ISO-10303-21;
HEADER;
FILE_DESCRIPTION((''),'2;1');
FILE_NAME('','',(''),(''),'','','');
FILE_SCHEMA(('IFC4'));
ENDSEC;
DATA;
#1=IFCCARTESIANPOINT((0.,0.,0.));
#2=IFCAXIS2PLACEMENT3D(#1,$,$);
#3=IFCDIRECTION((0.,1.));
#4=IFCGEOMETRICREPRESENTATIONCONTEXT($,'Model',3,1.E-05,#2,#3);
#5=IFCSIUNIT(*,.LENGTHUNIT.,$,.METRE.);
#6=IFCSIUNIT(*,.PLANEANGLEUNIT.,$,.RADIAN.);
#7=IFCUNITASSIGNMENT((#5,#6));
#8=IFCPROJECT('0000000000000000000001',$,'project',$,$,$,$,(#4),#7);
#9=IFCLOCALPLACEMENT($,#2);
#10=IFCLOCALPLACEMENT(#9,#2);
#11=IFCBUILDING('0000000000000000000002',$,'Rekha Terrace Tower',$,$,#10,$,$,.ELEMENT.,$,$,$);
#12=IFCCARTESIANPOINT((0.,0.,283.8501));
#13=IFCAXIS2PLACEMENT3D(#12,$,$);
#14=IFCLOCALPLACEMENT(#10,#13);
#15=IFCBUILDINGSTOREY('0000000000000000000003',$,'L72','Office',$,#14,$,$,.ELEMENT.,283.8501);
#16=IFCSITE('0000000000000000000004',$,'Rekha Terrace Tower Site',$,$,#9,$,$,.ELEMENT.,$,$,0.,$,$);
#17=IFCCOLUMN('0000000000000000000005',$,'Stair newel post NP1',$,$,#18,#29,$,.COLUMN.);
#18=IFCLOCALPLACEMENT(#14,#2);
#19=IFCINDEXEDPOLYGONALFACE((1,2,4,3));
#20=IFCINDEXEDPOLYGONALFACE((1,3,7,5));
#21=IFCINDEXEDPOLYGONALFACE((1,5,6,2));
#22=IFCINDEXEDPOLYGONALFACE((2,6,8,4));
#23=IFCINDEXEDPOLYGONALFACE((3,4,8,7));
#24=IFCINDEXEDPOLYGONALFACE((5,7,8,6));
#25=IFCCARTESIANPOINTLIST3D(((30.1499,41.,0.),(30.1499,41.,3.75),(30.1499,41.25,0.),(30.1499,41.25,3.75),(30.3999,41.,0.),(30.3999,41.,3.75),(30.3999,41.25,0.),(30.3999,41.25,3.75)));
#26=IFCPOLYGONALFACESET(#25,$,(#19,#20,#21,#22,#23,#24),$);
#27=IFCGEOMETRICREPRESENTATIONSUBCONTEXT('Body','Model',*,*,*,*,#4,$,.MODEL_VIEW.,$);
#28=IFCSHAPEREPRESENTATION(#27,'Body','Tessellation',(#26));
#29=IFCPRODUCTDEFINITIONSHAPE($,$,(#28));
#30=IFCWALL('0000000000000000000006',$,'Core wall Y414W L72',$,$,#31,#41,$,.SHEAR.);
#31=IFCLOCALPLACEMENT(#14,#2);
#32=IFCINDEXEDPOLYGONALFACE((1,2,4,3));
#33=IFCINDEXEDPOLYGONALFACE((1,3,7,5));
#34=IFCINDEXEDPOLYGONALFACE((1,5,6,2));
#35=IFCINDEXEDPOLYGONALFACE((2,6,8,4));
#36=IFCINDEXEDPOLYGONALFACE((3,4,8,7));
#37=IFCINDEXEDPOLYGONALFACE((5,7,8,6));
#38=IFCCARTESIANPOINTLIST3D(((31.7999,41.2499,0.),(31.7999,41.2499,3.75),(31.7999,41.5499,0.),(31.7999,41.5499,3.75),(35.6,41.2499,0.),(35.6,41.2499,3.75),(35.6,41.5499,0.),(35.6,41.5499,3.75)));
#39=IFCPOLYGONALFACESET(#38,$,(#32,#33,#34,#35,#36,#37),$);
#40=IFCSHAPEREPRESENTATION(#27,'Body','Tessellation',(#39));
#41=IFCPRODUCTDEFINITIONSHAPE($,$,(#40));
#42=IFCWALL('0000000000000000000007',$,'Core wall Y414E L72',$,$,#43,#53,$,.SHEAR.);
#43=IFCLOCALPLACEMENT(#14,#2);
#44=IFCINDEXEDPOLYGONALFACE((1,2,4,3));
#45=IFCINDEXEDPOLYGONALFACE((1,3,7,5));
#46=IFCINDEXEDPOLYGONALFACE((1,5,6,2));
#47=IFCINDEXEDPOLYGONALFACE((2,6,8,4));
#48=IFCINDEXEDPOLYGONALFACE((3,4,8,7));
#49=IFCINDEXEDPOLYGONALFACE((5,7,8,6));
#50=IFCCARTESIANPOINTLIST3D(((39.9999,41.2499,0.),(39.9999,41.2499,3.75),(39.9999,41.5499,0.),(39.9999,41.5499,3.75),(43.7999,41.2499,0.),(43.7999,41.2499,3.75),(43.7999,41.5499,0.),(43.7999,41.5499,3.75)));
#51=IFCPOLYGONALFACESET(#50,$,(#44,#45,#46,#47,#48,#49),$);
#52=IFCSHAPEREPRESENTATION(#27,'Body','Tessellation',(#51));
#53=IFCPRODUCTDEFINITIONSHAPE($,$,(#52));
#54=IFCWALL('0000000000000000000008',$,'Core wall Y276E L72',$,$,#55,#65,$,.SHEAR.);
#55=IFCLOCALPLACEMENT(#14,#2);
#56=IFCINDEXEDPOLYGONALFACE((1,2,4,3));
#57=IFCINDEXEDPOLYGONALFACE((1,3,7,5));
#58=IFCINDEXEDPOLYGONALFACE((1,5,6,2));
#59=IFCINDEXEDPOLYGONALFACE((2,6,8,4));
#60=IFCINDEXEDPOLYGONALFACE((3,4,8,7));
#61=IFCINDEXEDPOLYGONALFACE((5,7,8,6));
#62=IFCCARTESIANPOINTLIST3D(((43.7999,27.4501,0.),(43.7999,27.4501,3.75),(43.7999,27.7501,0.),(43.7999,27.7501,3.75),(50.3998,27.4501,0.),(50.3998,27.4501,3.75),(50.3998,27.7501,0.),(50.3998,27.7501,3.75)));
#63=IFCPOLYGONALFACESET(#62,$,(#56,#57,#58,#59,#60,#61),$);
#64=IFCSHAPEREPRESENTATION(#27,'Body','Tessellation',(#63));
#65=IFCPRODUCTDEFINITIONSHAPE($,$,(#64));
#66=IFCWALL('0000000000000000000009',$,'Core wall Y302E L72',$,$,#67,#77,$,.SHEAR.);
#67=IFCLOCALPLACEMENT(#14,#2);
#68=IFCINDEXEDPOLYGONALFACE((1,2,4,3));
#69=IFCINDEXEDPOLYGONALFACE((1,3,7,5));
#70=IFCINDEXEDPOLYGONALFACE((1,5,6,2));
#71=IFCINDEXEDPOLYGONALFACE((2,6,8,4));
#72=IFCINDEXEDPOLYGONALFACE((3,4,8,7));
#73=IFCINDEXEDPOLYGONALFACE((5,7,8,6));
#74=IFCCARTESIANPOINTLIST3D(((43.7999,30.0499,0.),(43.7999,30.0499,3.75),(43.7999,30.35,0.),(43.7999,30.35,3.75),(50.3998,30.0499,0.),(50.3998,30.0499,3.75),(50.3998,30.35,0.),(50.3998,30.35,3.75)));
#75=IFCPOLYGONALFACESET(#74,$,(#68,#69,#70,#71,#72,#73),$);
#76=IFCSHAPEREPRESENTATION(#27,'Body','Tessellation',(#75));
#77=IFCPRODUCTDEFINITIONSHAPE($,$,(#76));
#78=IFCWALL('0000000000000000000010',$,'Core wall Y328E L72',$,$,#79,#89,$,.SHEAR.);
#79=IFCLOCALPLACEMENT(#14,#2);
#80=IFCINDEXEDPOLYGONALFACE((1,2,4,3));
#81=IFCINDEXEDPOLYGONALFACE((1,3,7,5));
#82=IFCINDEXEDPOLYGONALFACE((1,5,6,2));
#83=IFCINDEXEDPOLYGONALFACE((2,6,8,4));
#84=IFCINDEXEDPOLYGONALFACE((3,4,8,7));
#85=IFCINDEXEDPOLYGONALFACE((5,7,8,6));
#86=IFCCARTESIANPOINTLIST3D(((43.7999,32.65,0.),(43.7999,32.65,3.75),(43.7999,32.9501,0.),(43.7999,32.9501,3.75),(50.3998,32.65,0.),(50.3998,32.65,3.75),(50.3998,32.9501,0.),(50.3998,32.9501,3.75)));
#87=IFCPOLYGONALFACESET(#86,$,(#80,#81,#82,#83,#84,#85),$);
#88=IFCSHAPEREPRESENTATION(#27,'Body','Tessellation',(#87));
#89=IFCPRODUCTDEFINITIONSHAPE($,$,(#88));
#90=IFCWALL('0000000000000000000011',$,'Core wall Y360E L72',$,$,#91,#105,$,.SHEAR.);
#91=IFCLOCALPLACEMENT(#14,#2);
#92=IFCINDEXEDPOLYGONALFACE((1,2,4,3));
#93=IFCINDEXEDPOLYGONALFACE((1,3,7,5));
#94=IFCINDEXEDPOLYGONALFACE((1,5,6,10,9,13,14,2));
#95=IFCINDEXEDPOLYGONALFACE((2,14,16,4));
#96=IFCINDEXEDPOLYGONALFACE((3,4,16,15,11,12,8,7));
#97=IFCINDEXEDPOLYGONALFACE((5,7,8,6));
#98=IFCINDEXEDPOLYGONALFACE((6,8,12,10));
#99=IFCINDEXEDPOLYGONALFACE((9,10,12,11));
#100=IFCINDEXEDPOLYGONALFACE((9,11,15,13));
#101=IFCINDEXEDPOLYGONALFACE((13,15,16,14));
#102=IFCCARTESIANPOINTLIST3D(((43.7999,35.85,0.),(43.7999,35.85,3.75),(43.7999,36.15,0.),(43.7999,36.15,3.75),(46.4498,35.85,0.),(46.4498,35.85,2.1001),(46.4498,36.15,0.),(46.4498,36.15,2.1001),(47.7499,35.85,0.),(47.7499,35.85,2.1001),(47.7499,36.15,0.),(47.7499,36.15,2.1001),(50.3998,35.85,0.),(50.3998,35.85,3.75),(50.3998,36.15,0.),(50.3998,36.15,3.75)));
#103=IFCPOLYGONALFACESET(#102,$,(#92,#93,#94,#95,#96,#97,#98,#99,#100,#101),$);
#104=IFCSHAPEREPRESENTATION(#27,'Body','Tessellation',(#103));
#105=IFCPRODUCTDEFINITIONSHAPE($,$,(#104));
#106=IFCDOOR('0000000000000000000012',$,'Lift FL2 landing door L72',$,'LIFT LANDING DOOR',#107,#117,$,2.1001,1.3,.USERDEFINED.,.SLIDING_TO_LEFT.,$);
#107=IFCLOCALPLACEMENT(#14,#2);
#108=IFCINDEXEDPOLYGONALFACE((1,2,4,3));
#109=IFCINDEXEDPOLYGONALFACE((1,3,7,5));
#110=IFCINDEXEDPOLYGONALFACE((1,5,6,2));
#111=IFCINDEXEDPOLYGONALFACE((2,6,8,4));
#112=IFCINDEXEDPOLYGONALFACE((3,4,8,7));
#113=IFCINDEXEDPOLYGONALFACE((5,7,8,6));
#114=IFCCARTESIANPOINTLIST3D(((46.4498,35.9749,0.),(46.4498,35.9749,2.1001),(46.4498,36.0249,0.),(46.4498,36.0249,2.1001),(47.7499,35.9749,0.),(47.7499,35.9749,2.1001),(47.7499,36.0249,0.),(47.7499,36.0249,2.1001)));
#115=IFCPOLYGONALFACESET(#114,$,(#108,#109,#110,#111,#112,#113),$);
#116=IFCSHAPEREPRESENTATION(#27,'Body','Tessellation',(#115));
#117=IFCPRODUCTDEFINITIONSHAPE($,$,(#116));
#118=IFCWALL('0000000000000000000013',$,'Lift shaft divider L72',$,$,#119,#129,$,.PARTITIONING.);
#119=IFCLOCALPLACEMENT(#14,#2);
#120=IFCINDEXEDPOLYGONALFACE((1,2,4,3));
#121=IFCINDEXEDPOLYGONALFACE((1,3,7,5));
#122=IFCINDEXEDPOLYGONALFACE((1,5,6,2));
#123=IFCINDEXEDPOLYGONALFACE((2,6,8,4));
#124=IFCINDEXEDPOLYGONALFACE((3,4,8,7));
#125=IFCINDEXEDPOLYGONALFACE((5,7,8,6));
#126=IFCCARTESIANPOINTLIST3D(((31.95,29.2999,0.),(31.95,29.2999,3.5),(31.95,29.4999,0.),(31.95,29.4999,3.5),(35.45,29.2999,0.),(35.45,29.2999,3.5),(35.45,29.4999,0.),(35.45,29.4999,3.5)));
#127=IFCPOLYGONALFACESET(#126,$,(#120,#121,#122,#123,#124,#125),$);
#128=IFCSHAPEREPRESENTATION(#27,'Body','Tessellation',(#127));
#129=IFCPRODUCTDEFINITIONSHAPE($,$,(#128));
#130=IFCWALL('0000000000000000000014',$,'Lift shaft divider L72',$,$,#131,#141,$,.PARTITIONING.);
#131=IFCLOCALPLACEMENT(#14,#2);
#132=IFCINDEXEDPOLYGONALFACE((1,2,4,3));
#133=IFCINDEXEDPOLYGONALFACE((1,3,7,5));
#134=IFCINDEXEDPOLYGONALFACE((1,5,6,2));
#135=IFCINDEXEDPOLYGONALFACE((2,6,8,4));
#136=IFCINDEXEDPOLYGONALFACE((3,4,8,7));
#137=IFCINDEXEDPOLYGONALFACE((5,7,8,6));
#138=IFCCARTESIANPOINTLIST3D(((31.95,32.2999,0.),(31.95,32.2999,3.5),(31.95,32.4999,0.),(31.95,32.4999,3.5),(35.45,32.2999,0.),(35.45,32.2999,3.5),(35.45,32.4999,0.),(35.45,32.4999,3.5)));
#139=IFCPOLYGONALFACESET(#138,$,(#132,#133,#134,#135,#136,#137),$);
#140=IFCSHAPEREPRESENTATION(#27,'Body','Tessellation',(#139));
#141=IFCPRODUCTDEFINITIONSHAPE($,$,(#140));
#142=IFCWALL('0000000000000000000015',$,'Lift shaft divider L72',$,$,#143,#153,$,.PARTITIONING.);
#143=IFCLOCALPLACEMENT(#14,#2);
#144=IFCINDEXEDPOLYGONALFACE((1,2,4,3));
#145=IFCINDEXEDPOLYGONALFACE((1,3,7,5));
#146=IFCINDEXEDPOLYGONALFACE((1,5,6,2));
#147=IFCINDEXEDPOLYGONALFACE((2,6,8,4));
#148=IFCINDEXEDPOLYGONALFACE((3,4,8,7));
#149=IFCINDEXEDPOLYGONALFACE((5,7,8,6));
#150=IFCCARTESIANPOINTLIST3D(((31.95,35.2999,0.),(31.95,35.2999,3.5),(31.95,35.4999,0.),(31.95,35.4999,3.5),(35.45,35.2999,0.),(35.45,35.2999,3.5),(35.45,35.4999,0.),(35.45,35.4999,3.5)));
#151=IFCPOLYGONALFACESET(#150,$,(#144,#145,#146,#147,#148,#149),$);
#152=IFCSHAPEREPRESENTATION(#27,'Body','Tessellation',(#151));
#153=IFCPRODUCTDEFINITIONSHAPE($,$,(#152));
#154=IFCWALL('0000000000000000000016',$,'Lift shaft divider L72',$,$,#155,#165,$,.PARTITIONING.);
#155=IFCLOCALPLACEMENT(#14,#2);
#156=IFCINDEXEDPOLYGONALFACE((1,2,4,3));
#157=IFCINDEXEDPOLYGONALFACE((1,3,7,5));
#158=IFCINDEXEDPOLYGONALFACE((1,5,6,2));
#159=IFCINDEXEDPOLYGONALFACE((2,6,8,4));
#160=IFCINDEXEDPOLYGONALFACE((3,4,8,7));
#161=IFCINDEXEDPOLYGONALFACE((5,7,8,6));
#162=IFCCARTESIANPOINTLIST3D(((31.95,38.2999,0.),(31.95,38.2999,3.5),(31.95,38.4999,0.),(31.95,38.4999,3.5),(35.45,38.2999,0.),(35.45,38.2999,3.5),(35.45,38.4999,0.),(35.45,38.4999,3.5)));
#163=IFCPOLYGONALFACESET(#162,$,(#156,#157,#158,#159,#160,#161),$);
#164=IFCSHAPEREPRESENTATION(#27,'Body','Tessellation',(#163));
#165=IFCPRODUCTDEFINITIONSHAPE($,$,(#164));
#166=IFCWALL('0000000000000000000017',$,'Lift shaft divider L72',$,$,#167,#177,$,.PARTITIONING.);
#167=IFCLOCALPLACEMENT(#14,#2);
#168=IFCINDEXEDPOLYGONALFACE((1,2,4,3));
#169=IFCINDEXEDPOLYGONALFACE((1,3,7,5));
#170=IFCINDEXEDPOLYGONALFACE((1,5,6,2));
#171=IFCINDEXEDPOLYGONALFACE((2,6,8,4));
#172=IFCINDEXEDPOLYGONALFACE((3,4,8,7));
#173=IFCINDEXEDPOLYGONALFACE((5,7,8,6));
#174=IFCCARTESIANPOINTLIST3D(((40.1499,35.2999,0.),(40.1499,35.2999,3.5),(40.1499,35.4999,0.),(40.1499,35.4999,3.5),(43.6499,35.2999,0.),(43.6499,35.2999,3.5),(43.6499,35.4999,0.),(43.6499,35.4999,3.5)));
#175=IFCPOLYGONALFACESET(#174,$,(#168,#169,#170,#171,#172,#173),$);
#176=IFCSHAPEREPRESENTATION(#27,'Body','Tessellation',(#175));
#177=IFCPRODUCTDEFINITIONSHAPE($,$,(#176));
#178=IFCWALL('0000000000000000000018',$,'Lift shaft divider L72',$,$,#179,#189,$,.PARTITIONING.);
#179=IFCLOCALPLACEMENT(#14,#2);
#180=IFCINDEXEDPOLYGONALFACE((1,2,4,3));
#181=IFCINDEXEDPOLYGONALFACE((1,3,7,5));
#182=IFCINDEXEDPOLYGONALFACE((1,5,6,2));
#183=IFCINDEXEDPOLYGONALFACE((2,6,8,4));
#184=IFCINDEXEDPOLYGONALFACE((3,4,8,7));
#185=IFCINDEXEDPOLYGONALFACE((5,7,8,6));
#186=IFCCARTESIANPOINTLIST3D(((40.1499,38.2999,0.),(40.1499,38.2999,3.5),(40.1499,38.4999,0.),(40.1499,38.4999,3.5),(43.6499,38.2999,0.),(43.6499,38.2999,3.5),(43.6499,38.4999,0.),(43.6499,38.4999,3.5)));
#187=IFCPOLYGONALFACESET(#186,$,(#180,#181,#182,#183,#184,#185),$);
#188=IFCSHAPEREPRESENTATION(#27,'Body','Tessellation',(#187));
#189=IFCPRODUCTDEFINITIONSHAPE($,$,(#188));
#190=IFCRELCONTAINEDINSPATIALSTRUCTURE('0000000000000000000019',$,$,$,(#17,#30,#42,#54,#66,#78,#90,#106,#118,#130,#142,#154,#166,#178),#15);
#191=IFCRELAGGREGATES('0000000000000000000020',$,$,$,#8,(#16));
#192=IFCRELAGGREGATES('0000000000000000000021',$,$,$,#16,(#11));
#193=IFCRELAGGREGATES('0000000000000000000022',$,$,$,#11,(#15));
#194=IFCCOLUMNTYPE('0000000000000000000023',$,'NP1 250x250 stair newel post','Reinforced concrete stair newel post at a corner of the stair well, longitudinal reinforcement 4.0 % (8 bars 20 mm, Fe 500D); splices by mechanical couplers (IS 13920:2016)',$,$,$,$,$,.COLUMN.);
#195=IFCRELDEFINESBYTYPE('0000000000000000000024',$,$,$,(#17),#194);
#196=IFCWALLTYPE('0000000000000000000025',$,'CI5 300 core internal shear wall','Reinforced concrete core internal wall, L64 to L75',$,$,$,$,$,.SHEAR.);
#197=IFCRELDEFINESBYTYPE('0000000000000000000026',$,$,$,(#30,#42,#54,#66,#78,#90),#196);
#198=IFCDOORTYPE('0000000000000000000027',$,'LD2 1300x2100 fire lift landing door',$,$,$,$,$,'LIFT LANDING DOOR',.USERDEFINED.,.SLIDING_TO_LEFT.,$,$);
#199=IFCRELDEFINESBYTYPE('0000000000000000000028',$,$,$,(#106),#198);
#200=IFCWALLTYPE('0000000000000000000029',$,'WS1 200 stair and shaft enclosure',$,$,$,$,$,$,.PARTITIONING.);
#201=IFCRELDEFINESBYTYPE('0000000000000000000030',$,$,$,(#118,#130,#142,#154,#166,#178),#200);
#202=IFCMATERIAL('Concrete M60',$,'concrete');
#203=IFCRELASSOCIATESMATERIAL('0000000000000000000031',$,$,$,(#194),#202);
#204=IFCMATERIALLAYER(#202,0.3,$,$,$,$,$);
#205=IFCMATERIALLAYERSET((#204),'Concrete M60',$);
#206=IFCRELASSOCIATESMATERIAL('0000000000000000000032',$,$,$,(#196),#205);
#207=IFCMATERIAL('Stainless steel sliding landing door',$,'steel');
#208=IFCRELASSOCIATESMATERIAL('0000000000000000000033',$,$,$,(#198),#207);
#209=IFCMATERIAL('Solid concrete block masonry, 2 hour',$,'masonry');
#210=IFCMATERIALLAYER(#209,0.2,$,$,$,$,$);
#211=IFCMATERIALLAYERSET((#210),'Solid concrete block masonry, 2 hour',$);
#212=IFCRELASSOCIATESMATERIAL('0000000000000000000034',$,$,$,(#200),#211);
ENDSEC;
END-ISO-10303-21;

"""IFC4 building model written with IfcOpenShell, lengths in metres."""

from ifc_helpers import new_model, si_unit, direction, frame, frame_2d, origin, origin_2d, place, context, subcontext, project, spatial, rectangle, extrude, material, layer, layer_set, material_profile, profile_set, type_object, element, fill, save


model = new_model("IFC4")

# Units and contexts
model_context = context("Model", 3, precision=1e-05, world=origin(), true_north=direction((0.0, 1.0)))
body_context = subcontext(model_context, "Body", "Model", "MODEL_VIEW")
ifc_project = project(units=[si_unit("LENGTHUNIT", "METRE"), si_unit("PLANEANGLEUNIT", "RADIAN")], contexts=[model_context])

# Site, building, storey
site_placement = place(None, origin())
site = spatial("IfcSite", under=ifc_project, at=site_placement, Name="Rekha Terrace Tower Site", CompositionType="ELEMENT", RefElevation=0.0)
building_placement = place(site_placement, origin())
building = spatial("IfcBuilding", under=site, at=building_placement, Name="Rekha Terrace Tower", CompositionType="ELEMENT")
storey_placement = place(building_placement, frame((0.0, 0.0, 283.8501)))
storey = spatial("IfcBuildingStorey", under=building, at=storey_placement, Name="L72", Description="Office", CompositionType="ELEMENT", Elevation=283.8501)

# Column
ifc_material_1 = material(Name="Concrete M60", Category="concrete")
ifc_material_profile = material_profile(ifc_material_1, rectangle(XDim=0.25, YDim=0.25, at=origin_2d()), Name="RC 250x250")
ifc_profile_set = profile_set([ifc_material_profile], Name="Concrete M60")
column_type = type_object("IfcColumnType", Name="NP1 250x250 stair newel post", Description="Reinforced concrete stair newel post at a corner of the stair well, longitudinal reinforcement 4.0 % (8 bars 20 mm, Fe 500D); splices by mechanical couplers (IS 13920:2016)", PredefinedType="COLUMN", material=ifc_profile_set)
column_placement = place(storey_placement, frame((30.2749, 41.125, 0.0), z_axis=(0.0, 0.0, 1.0), x_axis=(1.0, 0.0, 0.0)))
element("IfcColumn", 1, at=column_placement, inside=storey, type_object=column_type, Name="Stair newel post NP1", PredefinedType="COLUMN", context=body_context, shape_type="SweptSolid", body=[
    extrude(rectangle(XDim=0.25, YDim=0.25, at=origin_2d()), origin(), (0.0, 0.0, 1.0), 3.75),
])

# Walls
ifc_layer_1 = layer(ifc_material_1, 0.3)
ifc_layer_set_1 = layer_set([ifc_layer_1], Name="Concrete M60")
wall_type_1 = type_object("IfcWallType", Name="CI5 300 core internal shear wall", Description="Reinforced concrete core internal wall, L64 to L75", PredefinedType="SHEAR", material=ifc_layer_set_1)
for number, where, z_axis, x_axis, name in (
    (2, (31.8, 41.3999, 0.0), (0.0, 0.0, 1.0), (1.0, 0.0, 0.0), "Core wall Y414W L72"),
    (3, (40.0, 41.3999, 0.0), (0.0, 0.0, 1.0), (1.0, 0.0, 0.0), "Core wall Y414E L72"),
):
    element("IfcWall", number, at=place(storey_placement, frame(where, z_axis=z_axis, x_axis=x_axis)), inside=storey, type_object=wall_type_1, Name=name, PredefinedType="SHEAR", context=body_context, shape_type="SweptSolid", body=[
        extrude(rectangle(XDim=3.8, YDim=0.3, at=frame_2d((1.8999, 0.0))), origin(), (0.0, 0.0, 1.0), 3.75),
    ])
for number, where, z_axis, x_axis, name in (
    (4, (43.8, 27.6001, 0.0), (0.0, 0.0, 1.0), (1.0, 0.0, 0.0), "Core wall Y276E L72"),
    (5, (43.8, 30.2, 0.0), (0.0, 0.0, 1.0), (1.0, 0.0, 0.0), "Core wall Y302E L72"),
    (6, (43.8, 32.8, 0.0), (0.0, 0.0, 1.0), (1.0, 0.0, 0.0), "Core wall Y328E L72"),
):
    element("IfcWall", number, at=place(storey_placement, frame(where, z_axis=z_axis, x_axis=x_axis)), inside=storey, type_object=wall_type_1, Name=name, PredefinedType="SHEAR", context=body_context, shape_type="SweptSolid", body=[
        extrude(rectangle(XDim=6.5999, YDim=0.3, at=frame_2d((3.2998, 0.0))), origin(), (0.0, 0.0, 1.0), 3.75),
    ])

# Wall, opening, door
wall_1_placement = place(storey_placement, frame((43.8, 36.0, 0.0), z_axis=(0.0, 0.0, 1.0), x_axis=(1.0, 0.0, 0.0)))
wall_1 = element("IfcWall", 7, at=wall_1_placement, inside=storey, type_object=wall_type_1, Name="Core wall Y360E L72", PredefinedType="SHEAR", context=body_context, shape_type="SweptSolid", body=[
    extrude(rectangle(XDim=6.5999, YDim=0.3, at=frame_2d((3.2998, 0.0))), origin(), (0.0, 0.0, 1.0), 3.75),
])
opening_1_placement = place(wall_1_placement, frame((2.6499, 0.0, 0.0)))
opening_1 = element("IfcOpeningElement", 8, at=opening_1_placement, cuts=wall_1, PredefinedType="OPENING", context=body_context, shape_type="SweptSolid", body=[
    extrude(rectangle(XDim=1.3, YDim=2.1001, at=frame_2d((0.6499, 1.05))), frame((0.0, 0.1599, 0.0), z_axis=(0.0, -1.0, 0.0), x_axis=(1.0, 0.0, 0.0)), (0.0, 0.0, 1.0), 0.3201),
])
ifc_material_2 = material(Name="Stainless steel sliding landing door", Category="steel")
door_type_1 = type_object("IfcDoorType", Name="LD2 1300x2100 fire lift landing door", ElementType="LIFT LANDING DOOR", OperationType="SLIDING_TO_LEFT", PredefinedType="USERDEFINED", material=ifc_material_2)
door_1_placement = place(opening_1_placement, origin())
door_1 = element("IfcDoor", 9, at=door_1_placement, inside=storey, type_object=door_type_1, Name="Lift FL2 landing door L72", ObjectType="LIFT LANDING DOOR", OperationType="SLIDING_TO_LEFT", OverallHeight=2.1001, OverallWidth=1.3, PredefinedType="USERDEFINED", context=body_context, shape_type="SweptSolid", body=[
    extrude(rectangle(XDim=1.3, YDim=2.1001, at=frame_2d((0.6499, 1.05))), frame((0.0, 0.0249, 0.0), z_axis=(0.0, -1.0, 0.0), x_axis=(1.0, 0.0, 0.0)), (0.0, 0.0, 1.0), 0.05),
])
fill(opening_1, door_1)

# Walls
ifc_material_3 = material(Name="Solid concrete block masonry, 2 hour", Category="masonry")
ifc_layer_2 = layer(ifc_material_3, 0.2)
ifc_layer_set_2 = layer_set([ifc_layer_2], Name="Solid concrete block masonry, 2 hour")
wall_type_2 = type_object("IfcWallType", Name="WS1 200 stair and shaft enclosure", PredefinedType="PARTITIONING", material=ifc_layer_set_2)
for number, where, z_axis, x_axis, name in (
    (10, (31.95, 29.3999, 0.0), (0.0, 0.0, 1.0), (1.0, 0.0, 0.0), "Lift shaft divider L72"),
    (11, (31.95, 32.3999, 0.0), (0.0, 0.0, 1.0), (1.0, 0.0, 0.0), "Lift shaft divider L72"),
    (12, (31.95, 35.3999, 0.0), (0.0, 0.0, 1.0), (1.0, 0.0, 0.0), "Lift shaft divider L72"),
    (13, (31.95, 38.3999, 0.0), (0.0, 0.0, 1.0), (1.0, 0.0, 0.0), "Lift shaft divider L72"),
    (14, (40.1499, 35.3999, 0.0), (0.0, 0.0, 1.0), (1.0, 0.0, 0.0), "Lift shaft divider L72"),
    (15, (40.1499, 38.3999, 0.0), (0.0, 0.0, 1.0), (1.0, 0.0, 0.0), "Lift shaft divider L72"),
):
    element("IfcWall", number, at=place(storey_placement, frame(where, z_axis=z_axis, x_axis=x_axis)), inside=storey, type_object=wall_type_2, Name=name, PredefinedType="PARTITIONING", context=body_context, shape_type="SweptSolid", body=[
        extrude(rectangle(XDim=3.5, YDim=0.2, at=frame_2d((1.75, 0.0))), origin(), (0.0, 0.0, 1.0), 3.5),
    ])

save(model, "model.ifc")
